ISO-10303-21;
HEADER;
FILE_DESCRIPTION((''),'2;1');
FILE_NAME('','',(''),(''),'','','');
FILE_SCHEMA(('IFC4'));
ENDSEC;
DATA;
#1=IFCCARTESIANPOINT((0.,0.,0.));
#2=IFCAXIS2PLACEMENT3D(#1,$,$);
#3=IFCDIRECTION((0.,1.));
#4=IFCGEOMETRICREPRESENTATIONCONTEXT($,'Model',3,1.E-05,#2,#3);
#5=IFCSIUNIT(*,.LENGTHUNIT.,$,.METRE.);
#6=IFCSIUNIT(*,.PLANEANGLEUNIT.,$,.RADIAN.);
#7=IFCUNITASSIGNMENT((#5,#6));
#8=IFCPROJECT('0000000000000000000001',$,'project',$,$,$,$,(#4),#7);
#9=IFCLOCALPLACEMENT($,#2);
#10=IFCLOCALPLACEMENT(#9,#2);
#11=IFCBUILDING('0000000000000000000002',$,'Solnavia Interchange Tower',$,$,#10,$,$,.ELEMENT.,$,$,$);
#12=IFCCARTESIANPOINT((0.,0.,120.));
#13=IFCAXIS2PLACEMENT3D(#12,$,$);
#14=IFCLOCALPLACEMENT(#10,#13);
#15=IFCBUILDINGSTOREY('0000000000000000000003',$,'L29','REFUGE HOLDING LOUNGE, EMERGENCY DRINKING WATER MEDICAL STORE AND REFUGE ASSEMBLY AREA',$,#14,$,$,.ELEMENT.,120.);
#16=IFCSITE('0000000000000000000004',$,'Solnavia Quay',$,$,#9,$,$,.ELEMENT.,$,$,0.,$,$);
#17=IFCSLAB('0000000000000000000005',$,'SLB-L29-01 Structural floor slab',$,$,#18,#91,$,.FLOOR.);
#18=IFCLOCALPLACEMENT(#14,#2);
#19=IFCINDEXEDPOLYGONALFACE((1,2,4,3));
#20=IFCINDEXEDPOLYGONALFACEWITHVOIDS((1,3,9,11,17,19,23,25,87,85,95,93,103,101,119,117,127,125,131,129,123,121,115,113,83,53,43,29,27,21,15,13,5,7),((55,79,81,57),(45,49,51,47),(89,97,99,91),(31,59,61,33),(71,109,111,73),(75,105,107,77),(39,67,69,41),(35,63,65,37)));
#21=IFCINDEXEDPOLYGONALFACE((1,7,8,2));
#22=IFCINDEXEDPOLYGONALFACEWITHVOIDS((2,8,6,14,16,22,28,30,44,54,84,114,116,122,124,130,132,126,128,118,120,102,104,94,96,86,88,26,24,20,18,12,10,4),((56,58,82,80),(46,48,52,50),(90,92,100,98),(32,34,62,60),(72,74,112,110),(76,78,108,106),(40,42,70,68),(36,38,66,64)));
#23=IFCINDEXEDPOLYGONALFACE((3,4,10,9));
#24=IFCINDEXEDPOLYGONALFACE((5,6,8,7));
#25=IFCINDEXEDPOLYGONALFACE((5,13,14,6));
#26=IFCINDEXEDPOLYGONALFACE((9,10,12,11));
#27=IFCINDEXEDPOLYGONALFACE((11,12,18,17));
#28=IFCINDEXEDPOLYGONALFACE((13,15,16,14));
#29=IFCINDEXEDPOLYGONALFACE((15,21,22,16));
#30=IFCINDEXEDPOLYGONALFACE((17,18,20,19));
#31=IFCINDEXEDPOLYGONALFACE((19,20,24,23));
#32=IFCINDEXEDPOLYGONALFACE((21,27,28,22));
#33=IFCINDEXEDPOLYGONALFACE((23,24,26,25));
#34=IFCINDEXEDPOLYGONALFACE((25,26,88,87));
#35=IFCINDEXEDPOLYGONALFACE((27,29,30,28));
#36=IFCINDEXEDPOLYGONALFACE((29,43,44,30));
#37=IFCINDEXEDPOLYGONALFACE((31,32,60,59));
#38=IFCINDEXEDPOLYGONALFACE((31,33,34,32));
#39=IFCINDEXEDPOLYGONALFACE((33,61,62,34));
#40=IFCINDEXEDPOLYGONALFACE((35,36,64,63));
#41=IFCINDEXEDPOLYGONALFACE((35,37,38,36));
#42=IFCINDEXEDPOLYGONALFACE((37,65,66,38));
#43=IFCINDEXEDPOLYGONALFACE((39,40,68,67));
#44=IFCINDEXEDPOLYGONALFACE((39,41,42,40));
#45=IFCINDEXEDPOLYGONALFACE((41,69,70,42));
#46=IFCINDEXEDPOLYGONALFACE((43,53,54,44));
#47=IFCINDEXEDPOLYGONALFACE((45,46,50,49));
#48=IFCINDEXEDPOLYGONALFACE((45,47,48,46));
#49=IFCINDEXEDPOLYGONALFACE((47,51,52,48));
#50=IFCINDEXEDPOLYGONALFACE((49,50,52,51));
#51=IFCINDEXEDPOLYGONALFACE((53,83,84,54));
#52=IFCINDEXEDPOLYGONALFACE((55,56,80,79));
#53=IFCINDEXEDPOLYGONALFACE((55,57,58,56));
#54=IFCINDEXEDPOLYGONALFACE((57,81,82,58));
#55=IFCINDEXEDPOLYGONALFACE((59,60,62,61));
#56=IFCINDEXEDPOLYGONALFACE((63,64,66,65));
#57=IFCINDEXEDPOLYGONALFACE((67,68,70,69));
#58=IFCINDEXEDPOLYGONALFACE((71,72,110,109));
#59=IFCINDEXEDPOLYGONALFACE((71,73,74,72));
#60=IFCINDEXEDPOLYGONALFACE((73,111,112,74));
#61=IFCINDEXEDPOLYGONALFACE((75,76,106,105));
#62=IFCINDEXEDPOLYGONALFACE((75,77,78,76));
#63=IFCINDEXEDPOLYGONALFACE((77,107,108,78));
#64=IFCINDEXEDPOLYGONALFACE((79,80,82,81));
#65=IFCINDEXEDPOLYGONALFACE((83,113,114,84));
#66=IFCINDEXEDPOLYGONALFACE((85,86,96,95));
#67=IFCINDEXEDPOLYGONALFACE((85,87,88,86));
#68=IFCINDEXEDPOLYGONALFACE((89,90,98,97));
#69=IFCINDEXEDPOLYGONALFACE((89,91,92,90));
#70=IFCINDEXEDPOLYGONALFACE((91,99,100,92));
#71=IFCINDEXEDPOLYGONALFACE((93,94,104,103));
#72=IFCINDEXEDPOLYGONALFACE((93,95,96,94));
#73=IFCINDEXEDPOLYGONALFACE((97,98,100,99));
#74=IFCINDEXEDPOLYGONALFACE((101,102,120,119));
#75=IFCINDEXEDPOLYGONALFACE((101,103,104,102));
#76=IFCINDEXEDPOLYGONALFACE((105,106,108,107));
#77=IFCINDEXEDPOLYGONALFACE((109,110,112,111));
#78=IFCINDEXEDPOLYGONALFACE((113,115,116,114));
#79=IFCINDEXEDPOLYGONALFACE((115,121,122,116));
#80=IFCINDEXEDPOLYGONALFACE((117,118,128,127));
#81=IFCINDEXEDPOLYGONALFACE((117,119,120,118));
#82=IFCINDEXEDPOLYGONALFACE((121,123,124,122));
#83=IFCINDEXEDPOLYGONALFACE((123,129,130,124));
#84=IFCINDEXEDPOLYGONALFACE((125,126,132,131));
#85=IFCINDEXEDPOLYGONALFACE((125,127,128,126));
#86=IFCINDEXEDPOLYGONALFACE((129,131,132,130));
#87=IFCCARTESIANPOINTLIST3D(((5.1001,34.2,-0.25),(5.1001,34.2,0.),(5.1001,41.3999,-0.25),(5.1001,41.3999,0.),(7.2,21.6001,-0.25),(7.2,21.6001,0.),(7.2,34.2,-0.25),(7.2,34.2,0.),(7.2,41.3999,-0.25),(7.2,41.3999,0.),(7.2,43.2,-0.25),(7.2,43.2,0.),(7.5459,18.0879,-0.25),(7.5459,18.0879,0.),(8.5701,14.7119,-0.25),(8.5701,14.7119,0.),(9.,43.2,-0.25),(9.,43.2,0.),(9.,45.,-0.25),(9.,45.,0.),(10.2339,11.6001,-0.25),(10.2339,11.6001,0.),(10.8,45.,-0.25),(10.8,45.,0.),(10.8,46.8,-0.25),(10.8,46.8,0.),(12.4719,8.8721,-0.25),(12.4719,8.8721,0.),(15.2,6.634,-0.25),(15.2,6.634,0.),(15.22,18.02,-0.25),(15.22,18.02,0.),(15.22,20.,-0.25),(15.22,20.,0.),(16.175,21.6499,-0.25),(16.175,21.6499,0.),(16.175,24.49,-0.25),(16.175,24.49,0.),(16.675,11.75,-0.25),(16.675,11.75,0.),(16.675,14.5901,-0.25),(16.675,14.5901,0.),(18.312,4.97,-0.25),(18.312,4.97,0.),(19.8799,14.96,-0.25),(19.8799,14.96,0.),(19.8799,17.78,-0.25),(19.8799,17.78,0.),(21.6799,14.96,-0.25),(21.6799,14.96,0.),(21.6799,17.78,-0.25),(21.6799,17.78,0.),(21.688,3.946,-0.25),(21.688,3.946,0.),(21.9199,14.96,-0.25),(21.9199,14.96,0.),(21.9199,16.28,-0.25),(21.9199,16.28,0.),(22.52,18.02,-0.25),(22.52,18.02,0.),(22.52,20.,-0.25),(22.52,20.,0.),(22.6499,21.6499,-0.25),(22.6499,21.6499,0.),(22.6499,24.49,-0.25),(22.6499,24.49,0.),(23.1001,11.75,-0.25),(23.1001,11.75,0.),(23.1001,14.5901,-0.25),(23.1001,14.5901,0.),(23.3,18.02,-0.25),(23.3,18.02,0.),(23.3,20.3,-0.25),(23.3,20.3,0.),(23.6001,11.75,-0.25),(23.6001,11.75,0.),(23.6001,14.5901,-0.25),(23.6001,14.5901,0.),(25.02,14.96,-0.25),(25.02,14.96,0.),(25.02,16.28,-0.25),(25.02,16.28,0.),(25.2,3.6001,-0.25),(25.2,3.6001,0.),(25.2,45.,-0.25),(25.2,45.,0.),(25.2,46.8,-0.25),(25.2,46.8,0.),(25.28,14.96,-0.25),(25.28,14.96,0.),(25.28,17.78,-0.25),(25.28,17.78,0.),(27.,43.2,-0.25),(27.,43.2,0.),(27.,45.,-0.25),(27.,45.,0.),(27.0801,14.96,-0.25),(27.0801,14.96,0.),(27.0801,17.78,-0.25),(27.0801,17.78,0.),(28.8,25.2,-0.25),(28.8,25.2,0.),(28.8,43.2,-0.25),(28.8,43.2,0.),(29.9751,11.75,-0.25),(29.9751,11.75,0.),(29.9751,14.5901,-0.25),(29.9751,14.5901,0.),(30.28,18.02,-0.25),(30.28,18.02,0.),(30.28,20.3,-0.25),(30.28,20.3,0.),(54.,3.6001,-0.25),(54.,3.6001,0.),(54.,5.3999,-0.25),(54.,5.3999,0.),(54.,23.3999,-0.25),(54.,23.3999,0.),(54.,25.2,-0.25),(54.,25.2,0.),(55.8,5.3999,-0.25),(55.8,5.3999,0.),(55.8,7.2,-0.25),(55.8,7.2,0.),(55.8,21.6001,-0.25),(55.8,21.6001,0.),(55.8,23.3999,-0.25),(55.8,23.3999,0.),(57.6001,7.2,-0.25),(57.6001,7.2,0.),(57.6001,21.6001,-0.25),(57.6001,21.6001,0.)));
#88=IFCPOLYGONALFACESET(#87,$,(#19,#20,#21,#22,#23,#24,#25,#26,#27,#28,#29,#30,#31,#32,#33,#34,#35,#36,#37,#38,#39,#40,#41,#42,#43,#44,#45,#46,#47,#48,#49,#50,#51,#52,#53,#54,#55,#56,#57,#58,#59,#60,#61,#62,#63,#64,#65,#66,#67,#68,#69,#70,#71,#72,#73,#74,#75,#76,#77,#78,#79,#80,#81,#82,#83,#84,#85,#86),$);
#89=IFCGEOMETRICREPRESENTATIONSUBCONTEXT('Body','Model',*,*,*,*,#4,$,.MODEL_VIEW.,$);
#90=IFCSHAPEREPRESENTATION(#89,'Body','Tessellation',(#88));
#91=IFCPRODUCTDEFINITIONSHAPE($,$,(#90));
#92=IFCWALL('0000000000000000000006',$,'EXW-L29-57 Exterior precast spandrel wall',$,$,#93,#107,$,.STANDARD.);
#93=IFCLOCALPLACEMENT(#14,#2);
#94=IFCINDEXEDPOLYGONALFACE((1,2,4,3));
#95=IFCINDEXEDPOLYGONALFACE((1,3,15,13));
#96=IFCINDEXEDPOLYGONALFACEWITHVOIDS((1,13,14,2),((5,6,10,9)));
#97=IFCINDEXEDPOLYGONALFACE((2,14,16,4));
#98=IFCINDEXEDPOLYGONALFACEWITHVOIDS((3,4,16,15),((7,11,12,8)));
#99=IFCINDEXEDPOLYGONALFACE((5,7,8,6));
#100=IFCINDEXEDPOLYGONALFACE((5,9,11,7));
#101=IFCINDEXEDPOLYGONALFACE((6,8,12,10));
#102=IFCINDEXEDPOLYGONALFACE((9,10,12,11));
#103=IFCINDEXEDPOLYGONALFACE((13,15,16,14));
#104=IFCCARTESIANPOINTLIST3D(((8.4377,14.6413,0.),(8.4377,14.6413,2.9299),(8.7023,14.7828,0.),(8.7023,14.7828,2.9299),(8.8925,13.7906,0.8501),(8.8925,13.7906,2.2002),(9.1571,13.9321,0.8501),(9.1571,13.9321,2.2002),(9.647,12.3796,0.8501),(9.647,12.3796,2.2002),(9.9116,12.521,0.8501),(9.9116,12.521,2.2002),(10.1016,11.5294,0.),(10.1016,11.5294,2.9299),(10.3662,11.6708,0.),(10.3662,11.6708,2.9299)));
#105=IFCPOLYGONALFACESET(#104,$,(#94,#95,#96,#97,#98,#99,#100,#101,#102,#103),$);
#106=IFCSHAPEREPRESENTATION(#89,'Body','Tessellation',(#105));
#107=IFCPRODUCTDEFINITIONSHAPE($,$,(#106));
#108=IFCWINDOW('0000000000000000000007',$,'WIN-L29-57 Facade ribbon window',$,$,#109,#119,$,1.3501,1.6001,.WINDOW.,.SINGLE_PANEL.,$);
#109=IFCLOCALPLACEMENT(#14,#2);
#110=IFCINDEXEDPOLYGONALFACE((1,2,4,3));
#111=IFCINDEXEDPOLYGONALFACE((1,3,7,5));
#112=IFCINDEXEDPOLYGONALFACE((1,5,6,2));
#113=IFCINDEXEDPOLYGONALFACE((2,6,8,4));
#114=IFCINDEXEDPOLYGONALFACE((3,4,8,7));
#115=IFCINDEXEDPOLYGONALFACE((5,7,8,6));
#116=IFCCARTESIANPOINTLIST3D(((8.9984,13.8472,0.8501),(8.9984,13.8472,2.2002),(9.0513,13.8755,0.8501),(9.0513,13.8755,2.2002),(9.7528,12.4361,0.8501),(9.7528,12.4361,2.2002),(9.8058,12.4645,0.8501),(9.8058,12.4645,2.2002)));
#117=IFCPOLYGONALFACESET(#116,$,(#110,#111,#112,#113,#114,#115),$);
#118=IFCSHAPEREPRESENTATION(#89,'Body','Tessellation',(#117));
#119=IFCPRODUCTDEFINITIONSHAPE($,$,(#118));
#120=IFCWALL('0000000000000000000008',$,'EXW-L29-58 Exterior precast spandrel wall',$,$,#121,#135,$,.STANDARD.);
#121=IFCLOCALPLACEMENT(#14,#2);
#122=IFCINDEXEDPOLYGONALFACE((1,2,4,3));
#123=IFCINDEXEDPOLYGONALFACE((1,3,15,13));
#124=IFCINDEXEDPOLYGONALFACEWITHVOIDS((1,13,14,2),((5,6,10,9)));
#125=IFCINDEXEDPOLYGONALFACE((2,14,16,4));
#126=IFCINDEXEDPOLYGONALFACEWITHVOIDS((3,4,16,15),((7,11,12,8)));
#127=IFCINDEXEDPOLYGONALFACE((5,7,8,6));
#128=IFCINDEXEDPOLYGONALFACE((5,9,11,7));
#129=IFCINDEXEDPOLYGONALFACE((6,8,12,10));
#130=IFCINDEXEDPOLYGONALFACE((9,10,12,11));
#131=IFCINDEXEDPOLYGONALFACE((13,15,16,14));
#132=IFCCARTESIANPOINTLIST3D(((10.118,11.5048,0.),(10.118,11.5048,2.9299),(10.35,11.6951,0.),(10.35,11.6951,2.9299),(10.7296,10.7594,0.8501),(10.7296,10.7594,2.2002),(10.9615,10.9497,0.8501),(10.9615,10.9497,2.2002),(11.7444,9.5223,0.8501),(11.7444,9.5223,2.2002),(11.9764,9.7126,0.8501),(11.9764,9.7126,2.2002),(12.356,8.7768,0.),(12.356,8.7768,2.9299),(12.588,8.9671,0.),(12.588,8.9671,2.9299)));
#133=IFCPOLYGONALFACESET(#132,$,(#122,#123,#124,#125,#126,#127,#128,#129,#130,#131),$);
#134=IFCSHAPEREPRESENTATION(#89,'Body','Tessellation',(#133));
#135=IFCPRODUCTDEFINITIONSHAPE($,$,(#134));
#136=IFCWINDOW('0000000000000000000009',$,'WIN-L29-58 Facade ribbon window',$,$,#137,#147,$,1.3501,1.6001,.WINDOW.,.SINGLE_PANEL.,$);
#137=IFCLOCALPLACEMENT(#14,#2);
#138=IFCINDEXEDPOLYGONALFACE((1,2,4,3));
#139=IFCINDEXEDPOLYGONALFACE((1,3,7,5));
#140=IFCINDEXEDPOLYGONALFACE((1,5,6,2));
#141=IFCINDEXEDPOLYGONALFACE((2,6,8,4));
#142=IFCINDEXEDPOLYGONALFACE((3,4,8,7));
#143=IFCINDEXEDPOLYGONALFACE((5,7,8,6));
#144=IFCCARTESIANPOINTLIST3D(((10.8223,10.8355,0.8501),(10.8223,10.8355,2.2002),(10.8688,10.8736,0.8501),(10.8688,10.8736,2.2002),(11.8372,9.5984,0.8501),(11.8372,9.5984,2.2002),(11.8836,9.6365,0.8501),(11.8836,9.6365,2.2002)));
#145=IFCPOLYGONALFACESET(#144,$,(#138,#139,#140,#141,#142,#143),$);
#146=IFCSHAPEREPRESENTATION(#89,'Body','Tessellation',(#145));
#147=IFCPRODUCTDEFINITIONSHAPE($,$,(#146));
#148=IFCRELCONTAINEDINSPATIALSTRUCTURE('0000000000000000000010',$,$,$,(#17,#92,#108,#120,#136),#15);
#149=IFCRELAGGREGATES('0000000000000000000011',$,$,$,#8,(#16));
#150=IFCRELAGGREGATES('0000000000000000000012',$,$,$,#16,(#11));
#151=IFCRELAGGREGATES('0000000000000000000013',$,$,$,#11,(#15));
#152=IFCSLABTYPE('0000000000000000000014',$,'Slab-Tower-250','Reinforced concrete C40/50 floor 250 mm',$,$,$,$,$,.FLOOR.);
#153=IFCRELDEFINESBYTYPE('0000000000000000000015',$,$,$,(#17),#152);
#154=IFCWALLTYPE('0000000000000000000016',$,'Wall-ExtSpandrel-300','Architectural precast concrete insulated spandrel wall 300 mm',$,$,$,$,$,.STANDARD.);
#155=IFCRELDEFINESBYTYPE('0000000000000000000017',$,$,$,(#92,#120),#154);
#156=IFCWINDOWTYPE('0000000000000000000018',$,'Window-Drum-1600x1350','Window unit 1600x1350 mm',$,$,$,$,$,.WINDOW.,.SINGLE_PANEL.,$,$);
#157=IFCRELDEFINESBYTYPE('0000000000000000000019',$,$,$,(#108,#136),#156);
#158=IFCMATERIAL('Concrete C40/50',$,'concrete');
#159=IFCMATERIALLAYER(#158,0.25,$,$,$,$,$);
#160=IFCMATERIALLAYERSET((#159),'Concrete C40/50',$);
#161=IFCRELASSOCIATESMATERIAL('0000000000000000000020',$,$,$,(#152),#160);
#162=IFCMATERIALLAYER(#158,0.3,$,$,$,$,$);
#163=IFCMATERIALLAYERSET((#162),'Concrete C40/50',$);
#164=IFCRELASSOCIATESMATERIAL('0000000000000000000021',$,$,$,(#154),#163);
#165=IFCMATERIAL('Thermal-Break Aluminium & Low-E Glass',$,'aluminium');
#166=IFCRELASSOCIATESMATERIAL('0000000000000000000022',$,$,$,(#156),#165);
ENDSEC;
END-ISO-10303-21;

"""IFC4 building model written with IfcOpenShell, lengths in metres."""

from ifc_helpers import new_model, si_unit, direction, frame, frame_2d, origin, place, context, subcontext, project, spatial, polyline, rectangle, outline, extrude, material, layer, layer_set, type_object, element, fill, save


model = new_model("IFC4")

# Units and contexts
model_context = context("Model", 3, precision=1e-05, world=origin(), true_north=direction((0.0, 1.0)))
body_context = subcontext(model_context, "Body", "Model", "MODEL_VIEW")
ifc_project = project(units=[si_unit("LENGTHUNIT", "METRE"), si_unit("PLANEANGLEUNIT", "RADIAN")], contexts=[model_context])

# Site, building, storey
site_placement = place(None, origin())
site = spatial("IfcSite", under=ifc_project, at=site_placement, Name="Solnavia Quay", CompositionType="ELEMENT", RefElevation=0.0)
building_placement = place(site_placement, origin())
building = spatial("IfcBuilding", under=site, at=building_placement, Name="Solnavia Interchange Tower", CompositionType="ELEMENT")
storey_placement = place(building_placement, frame((0.0, 0.0, 120.0)))
storey = spatial("IfcBuildingStorey", under=building, at=storey_placement, Name="L29", Description="REFUGE HOLDING LOUNGE, EMERGENCY DRINKING WATER MEDICAL STORE AND REFUGE ASSEMBLY AREA", CompositionType="ELEMENT", Elevation=120.0)

# Shared definitions
ifc_material_1 = material(Name="Concrete C40/50", Category="concrete")

# Slab
ifc_layer_1 = layer(ifc_material_1, 0.25)
ifc_layer_set_1 = layer_set([ifc_layer_1], Name="Concrete C40/50")
slab_type_1 = type_object("IfcSlabType", Name="Slab-Tower-250", Description="Reinforced concrete C40/50 floor 250 mm", PredefinedType="FLOOR", material=ifc_layer_set_1)
slab_1_placement = place(storey_placement, frame((0.0, 0.0, -0.25)))
element("IfcSlab", 1, at=slab_1_placement, inside=storey, type_object=slab_type_1, Name="SLB-L29-01 Structural floor slab", PredefinedType="FLOOR", context=body_context, shape_type="SweptSolid", body=[
    extrude(outline(polyline([(25.2, 3.6001), (54.0, 3.6001), (54.0, 5.3999), (55.8, 5.3999), (55.8, 7.2), (57.6001, 7.2), (57.6001, 21.6001), (55.8, 21.6001), (55.8, 23.3999), (54.0, 23.3999), (54.0, 25.2), (28.8, 25.2), (28.8, 43.2), (27.0, 43.2), (27.0, 45.0), (25.2, 45.0), (25.2, 46.8), (10.8, 46.8), (10.8, 45.0), (9.0, 45.0), (9.0, 43.2), (7.2, 43.2), (7.2, 41.3999), (5.1001, 41.3999), (5.1001, 34.2), (7.2, 34.2), (7.2, 21.6001), (7.5459, 18.0879), (8.5701, 14.7119), (10.2339, 11.6001), (12.4719, 8.8721), (15.2, 6.634), (18.312, 4.97), (21.688, 3.946), (25.2, 3.6001)]), holes=[polyline([(16.675, 11.75), (23.1001, 11.75), (23.1001, 14.5901), (16.675, 14.5901), (16.675, 11.75)]), polyline([(23.6001, 11.75), (29.9751, 11.75), (29.9751, 14.5901), (23.6001, 14.5901), (23.6001, 11.75)]), polyline([(16.175, 21.6499), (22.6499, 21.6499), (22.6499, 24.49), (16.175, 24.49), (16.175, 21.6499)]), polyline([(19.8799, 14.96), (21.6799, 14.96), (21.6799, 17.78), (19.8799, 17.78), (19.8799, 14.96)]), polyline([(25.28, 14.96), (27.0801, 14.96), (27.0801, 17.78), (25.28, 17.78), (25.28, 14.96)]), polyline([(21.9199, 14.96), (25.02, 14.96), (25.02, 16.28), (21.9199, 16.28), (21.9199, 14.96)]), polyline([(15.22, 18.02), (22.52, 18.02), (22.52, 20.0), (15.22, 20.0), (15.22, 18.02)]), polyline([(23.3, 18.02), (30.28, 18.02), (30.28, 20.3), (23.3, 20.3), (23.3, 18.02)])]), origin(), (0.0, 0.0, 1.0), 0.25),
])

# Walls, openings, windows
ifc_layer_2 = layer(ifc_material_1, 0.3)
ifc_layer_set_2 = layer_set([ifc_layer_2], Name="Concrete C40/50")
wall_type_1 = type_object("IfcWallType", Name="Wall-ExtSpandrel-300", Description="Architectural precast concrete insulated spandrel wall 300 mm", PredefinedType="STANDARD", material=ifc_layer_set_2)
wall_1_placement = place(storey_placement, frame((10.2339, 11.6001, 0.0), z_axis=(0.0, 0.0, 1.0), x_axis=(-0.471511, 0.88186, 0.0)))
wall_1 = element("IfcWall", 2, at=wall_1_placement, inside=storey, type_object=wall_type_1, Name="EXW-L29-57 Exterior precast spandrel wall", PredefinedType="STANDARD", context=body_context, shape_type="SweptSolid", body=[
    extrude(rectangle(XDim=3.5288, YDim=0.3, at=frame_2d((1.7644, 0.0))), origin(), (0.0, 0.0, 1.0), 2.9299),
])
opening_1_placement = place(wall_1_placement, frame((0.9641, 0.0, 0.8501)))
opening_1 = element("IfcOpeningElement", 3, at=opening_1_placement, cuts=wall_1, PredefinedType="OPENING", context=body_context, shape_type="SweptSolid", body=[
    extrude(rectangle(XDim=1.6001, YDim=1.3501, at=frame_2d((0.8, 0.675))), frame((0.0, 0.1602, 0.0), z_axis=(0.0, -1.0, 0.0), x_axis=(1.0, 0.0, 0.0)), (0.0, 0.0, 1.0), 0.3201),
])
ifc_material_2 = material(Name="Thermal-Break Aluminium & Low-E Glass", Category="aluminium")
window_type = type_object("IfcWindowType", Name="Window-Drum-1600x1350", Description="Window unit 1600x1350 mm", PartitioningType="SINGLE_PANEL", PredefinedType="WINDOW", material=ifc_material_2)
window_1_placement = place(opening_1_placement, origin())
window_1 = element("IfcWindow", 4, at=window_1_placement, inside=storey, type_object=window_type, Name="WIN-L29-57 Facade ribbon window", OverallHeight=1.3501, OverallWidth=1.6001, PartitioningType="SINGLE_PANEL", PredefinedType="WINDOW", context=body_context, shape_type="SweptSolid", body=[
    extrude(rectangle(XDim=1.6001, YDim=1.3501, at=frame_2d((0.8, 0.675))), frame((0.0, 0.03, 0.0), z_axis=(0.0, -1.0, 0.0), x_axis=(1.0, 0.0, 0.0)), (0.0, 0.0, 1.0), 0.0601),
])
fill(opening_1, window_1)
wall_2_placement = place(storey_placement, frame((12.4719, 8.8721, 0.0), z_axis=(0.0, 0.0, 1.0), x_axis=(-0.634258, 0.773121, 0.0)))
wall_2 = element("IfcWall", 5, at=wall_2_placement, inside=storey, type_object=wall_type_1, Name="EXW-L29-58 Exterior precast spandrel wall", PredefinedType="STANDARD", context=body_context, shape_type="SweptSolid", body=[
    extrude(rectangle(XDim=3.5286, YDim=0.3, at=frame_2d((1.7642, 0.0))), origin(), (0.0, 0.0, 1.0), 2.9299),
])
opening_2_placement = place(wall_2_placement, frame((0.9641, 0.0, 0.8501)))
opening_2 = element("IfcOpeningElement", 6, at=opening_2_placement, cuts=wall_2, PredefinedType="OPENING", context=body_context, shape_type="SweptSolid", body=[
    extrude(rectangle(XDim=1.6001, YDim=1.3501, at=frame_2d((0.8, 0.675))), frame((0.0, 0.1602, 0.0), z_axis=(0.0, -1.0, 0.0), x_axis=(1.0, 0.0, 0.0)), (0.0, 0.0, 1.0), 0.3201),
])
window_2_placement = place(opening_2_placement, origin())
window_2 = element("IfcWindow", 7, at=window_2_placement, inside=storey, type_object=window_type, Name="WIN-L29-58 Facade ribbon window", OverallHeight=1.3501, OverallWidth=1.6001, PartitioningType="SINGLE_PANEL", PredefinedType="WINDOW", context=body_context, shape_type="SweptSolid", body=[
    extrude(rectangle(XDim=1.6001, YDim=1.3501, at=frame_2d((0.8, 0.675))), frame((0.0, 0.03, 0.0), z_axis=(0.0, -1.0, 0.0), x_axis=(1.0, 0.0, 0.0)), (0.0, 0.0, 1.0), 0.0601),
])
fill(opening_2, window_2)

save(model, "model.ifc")
